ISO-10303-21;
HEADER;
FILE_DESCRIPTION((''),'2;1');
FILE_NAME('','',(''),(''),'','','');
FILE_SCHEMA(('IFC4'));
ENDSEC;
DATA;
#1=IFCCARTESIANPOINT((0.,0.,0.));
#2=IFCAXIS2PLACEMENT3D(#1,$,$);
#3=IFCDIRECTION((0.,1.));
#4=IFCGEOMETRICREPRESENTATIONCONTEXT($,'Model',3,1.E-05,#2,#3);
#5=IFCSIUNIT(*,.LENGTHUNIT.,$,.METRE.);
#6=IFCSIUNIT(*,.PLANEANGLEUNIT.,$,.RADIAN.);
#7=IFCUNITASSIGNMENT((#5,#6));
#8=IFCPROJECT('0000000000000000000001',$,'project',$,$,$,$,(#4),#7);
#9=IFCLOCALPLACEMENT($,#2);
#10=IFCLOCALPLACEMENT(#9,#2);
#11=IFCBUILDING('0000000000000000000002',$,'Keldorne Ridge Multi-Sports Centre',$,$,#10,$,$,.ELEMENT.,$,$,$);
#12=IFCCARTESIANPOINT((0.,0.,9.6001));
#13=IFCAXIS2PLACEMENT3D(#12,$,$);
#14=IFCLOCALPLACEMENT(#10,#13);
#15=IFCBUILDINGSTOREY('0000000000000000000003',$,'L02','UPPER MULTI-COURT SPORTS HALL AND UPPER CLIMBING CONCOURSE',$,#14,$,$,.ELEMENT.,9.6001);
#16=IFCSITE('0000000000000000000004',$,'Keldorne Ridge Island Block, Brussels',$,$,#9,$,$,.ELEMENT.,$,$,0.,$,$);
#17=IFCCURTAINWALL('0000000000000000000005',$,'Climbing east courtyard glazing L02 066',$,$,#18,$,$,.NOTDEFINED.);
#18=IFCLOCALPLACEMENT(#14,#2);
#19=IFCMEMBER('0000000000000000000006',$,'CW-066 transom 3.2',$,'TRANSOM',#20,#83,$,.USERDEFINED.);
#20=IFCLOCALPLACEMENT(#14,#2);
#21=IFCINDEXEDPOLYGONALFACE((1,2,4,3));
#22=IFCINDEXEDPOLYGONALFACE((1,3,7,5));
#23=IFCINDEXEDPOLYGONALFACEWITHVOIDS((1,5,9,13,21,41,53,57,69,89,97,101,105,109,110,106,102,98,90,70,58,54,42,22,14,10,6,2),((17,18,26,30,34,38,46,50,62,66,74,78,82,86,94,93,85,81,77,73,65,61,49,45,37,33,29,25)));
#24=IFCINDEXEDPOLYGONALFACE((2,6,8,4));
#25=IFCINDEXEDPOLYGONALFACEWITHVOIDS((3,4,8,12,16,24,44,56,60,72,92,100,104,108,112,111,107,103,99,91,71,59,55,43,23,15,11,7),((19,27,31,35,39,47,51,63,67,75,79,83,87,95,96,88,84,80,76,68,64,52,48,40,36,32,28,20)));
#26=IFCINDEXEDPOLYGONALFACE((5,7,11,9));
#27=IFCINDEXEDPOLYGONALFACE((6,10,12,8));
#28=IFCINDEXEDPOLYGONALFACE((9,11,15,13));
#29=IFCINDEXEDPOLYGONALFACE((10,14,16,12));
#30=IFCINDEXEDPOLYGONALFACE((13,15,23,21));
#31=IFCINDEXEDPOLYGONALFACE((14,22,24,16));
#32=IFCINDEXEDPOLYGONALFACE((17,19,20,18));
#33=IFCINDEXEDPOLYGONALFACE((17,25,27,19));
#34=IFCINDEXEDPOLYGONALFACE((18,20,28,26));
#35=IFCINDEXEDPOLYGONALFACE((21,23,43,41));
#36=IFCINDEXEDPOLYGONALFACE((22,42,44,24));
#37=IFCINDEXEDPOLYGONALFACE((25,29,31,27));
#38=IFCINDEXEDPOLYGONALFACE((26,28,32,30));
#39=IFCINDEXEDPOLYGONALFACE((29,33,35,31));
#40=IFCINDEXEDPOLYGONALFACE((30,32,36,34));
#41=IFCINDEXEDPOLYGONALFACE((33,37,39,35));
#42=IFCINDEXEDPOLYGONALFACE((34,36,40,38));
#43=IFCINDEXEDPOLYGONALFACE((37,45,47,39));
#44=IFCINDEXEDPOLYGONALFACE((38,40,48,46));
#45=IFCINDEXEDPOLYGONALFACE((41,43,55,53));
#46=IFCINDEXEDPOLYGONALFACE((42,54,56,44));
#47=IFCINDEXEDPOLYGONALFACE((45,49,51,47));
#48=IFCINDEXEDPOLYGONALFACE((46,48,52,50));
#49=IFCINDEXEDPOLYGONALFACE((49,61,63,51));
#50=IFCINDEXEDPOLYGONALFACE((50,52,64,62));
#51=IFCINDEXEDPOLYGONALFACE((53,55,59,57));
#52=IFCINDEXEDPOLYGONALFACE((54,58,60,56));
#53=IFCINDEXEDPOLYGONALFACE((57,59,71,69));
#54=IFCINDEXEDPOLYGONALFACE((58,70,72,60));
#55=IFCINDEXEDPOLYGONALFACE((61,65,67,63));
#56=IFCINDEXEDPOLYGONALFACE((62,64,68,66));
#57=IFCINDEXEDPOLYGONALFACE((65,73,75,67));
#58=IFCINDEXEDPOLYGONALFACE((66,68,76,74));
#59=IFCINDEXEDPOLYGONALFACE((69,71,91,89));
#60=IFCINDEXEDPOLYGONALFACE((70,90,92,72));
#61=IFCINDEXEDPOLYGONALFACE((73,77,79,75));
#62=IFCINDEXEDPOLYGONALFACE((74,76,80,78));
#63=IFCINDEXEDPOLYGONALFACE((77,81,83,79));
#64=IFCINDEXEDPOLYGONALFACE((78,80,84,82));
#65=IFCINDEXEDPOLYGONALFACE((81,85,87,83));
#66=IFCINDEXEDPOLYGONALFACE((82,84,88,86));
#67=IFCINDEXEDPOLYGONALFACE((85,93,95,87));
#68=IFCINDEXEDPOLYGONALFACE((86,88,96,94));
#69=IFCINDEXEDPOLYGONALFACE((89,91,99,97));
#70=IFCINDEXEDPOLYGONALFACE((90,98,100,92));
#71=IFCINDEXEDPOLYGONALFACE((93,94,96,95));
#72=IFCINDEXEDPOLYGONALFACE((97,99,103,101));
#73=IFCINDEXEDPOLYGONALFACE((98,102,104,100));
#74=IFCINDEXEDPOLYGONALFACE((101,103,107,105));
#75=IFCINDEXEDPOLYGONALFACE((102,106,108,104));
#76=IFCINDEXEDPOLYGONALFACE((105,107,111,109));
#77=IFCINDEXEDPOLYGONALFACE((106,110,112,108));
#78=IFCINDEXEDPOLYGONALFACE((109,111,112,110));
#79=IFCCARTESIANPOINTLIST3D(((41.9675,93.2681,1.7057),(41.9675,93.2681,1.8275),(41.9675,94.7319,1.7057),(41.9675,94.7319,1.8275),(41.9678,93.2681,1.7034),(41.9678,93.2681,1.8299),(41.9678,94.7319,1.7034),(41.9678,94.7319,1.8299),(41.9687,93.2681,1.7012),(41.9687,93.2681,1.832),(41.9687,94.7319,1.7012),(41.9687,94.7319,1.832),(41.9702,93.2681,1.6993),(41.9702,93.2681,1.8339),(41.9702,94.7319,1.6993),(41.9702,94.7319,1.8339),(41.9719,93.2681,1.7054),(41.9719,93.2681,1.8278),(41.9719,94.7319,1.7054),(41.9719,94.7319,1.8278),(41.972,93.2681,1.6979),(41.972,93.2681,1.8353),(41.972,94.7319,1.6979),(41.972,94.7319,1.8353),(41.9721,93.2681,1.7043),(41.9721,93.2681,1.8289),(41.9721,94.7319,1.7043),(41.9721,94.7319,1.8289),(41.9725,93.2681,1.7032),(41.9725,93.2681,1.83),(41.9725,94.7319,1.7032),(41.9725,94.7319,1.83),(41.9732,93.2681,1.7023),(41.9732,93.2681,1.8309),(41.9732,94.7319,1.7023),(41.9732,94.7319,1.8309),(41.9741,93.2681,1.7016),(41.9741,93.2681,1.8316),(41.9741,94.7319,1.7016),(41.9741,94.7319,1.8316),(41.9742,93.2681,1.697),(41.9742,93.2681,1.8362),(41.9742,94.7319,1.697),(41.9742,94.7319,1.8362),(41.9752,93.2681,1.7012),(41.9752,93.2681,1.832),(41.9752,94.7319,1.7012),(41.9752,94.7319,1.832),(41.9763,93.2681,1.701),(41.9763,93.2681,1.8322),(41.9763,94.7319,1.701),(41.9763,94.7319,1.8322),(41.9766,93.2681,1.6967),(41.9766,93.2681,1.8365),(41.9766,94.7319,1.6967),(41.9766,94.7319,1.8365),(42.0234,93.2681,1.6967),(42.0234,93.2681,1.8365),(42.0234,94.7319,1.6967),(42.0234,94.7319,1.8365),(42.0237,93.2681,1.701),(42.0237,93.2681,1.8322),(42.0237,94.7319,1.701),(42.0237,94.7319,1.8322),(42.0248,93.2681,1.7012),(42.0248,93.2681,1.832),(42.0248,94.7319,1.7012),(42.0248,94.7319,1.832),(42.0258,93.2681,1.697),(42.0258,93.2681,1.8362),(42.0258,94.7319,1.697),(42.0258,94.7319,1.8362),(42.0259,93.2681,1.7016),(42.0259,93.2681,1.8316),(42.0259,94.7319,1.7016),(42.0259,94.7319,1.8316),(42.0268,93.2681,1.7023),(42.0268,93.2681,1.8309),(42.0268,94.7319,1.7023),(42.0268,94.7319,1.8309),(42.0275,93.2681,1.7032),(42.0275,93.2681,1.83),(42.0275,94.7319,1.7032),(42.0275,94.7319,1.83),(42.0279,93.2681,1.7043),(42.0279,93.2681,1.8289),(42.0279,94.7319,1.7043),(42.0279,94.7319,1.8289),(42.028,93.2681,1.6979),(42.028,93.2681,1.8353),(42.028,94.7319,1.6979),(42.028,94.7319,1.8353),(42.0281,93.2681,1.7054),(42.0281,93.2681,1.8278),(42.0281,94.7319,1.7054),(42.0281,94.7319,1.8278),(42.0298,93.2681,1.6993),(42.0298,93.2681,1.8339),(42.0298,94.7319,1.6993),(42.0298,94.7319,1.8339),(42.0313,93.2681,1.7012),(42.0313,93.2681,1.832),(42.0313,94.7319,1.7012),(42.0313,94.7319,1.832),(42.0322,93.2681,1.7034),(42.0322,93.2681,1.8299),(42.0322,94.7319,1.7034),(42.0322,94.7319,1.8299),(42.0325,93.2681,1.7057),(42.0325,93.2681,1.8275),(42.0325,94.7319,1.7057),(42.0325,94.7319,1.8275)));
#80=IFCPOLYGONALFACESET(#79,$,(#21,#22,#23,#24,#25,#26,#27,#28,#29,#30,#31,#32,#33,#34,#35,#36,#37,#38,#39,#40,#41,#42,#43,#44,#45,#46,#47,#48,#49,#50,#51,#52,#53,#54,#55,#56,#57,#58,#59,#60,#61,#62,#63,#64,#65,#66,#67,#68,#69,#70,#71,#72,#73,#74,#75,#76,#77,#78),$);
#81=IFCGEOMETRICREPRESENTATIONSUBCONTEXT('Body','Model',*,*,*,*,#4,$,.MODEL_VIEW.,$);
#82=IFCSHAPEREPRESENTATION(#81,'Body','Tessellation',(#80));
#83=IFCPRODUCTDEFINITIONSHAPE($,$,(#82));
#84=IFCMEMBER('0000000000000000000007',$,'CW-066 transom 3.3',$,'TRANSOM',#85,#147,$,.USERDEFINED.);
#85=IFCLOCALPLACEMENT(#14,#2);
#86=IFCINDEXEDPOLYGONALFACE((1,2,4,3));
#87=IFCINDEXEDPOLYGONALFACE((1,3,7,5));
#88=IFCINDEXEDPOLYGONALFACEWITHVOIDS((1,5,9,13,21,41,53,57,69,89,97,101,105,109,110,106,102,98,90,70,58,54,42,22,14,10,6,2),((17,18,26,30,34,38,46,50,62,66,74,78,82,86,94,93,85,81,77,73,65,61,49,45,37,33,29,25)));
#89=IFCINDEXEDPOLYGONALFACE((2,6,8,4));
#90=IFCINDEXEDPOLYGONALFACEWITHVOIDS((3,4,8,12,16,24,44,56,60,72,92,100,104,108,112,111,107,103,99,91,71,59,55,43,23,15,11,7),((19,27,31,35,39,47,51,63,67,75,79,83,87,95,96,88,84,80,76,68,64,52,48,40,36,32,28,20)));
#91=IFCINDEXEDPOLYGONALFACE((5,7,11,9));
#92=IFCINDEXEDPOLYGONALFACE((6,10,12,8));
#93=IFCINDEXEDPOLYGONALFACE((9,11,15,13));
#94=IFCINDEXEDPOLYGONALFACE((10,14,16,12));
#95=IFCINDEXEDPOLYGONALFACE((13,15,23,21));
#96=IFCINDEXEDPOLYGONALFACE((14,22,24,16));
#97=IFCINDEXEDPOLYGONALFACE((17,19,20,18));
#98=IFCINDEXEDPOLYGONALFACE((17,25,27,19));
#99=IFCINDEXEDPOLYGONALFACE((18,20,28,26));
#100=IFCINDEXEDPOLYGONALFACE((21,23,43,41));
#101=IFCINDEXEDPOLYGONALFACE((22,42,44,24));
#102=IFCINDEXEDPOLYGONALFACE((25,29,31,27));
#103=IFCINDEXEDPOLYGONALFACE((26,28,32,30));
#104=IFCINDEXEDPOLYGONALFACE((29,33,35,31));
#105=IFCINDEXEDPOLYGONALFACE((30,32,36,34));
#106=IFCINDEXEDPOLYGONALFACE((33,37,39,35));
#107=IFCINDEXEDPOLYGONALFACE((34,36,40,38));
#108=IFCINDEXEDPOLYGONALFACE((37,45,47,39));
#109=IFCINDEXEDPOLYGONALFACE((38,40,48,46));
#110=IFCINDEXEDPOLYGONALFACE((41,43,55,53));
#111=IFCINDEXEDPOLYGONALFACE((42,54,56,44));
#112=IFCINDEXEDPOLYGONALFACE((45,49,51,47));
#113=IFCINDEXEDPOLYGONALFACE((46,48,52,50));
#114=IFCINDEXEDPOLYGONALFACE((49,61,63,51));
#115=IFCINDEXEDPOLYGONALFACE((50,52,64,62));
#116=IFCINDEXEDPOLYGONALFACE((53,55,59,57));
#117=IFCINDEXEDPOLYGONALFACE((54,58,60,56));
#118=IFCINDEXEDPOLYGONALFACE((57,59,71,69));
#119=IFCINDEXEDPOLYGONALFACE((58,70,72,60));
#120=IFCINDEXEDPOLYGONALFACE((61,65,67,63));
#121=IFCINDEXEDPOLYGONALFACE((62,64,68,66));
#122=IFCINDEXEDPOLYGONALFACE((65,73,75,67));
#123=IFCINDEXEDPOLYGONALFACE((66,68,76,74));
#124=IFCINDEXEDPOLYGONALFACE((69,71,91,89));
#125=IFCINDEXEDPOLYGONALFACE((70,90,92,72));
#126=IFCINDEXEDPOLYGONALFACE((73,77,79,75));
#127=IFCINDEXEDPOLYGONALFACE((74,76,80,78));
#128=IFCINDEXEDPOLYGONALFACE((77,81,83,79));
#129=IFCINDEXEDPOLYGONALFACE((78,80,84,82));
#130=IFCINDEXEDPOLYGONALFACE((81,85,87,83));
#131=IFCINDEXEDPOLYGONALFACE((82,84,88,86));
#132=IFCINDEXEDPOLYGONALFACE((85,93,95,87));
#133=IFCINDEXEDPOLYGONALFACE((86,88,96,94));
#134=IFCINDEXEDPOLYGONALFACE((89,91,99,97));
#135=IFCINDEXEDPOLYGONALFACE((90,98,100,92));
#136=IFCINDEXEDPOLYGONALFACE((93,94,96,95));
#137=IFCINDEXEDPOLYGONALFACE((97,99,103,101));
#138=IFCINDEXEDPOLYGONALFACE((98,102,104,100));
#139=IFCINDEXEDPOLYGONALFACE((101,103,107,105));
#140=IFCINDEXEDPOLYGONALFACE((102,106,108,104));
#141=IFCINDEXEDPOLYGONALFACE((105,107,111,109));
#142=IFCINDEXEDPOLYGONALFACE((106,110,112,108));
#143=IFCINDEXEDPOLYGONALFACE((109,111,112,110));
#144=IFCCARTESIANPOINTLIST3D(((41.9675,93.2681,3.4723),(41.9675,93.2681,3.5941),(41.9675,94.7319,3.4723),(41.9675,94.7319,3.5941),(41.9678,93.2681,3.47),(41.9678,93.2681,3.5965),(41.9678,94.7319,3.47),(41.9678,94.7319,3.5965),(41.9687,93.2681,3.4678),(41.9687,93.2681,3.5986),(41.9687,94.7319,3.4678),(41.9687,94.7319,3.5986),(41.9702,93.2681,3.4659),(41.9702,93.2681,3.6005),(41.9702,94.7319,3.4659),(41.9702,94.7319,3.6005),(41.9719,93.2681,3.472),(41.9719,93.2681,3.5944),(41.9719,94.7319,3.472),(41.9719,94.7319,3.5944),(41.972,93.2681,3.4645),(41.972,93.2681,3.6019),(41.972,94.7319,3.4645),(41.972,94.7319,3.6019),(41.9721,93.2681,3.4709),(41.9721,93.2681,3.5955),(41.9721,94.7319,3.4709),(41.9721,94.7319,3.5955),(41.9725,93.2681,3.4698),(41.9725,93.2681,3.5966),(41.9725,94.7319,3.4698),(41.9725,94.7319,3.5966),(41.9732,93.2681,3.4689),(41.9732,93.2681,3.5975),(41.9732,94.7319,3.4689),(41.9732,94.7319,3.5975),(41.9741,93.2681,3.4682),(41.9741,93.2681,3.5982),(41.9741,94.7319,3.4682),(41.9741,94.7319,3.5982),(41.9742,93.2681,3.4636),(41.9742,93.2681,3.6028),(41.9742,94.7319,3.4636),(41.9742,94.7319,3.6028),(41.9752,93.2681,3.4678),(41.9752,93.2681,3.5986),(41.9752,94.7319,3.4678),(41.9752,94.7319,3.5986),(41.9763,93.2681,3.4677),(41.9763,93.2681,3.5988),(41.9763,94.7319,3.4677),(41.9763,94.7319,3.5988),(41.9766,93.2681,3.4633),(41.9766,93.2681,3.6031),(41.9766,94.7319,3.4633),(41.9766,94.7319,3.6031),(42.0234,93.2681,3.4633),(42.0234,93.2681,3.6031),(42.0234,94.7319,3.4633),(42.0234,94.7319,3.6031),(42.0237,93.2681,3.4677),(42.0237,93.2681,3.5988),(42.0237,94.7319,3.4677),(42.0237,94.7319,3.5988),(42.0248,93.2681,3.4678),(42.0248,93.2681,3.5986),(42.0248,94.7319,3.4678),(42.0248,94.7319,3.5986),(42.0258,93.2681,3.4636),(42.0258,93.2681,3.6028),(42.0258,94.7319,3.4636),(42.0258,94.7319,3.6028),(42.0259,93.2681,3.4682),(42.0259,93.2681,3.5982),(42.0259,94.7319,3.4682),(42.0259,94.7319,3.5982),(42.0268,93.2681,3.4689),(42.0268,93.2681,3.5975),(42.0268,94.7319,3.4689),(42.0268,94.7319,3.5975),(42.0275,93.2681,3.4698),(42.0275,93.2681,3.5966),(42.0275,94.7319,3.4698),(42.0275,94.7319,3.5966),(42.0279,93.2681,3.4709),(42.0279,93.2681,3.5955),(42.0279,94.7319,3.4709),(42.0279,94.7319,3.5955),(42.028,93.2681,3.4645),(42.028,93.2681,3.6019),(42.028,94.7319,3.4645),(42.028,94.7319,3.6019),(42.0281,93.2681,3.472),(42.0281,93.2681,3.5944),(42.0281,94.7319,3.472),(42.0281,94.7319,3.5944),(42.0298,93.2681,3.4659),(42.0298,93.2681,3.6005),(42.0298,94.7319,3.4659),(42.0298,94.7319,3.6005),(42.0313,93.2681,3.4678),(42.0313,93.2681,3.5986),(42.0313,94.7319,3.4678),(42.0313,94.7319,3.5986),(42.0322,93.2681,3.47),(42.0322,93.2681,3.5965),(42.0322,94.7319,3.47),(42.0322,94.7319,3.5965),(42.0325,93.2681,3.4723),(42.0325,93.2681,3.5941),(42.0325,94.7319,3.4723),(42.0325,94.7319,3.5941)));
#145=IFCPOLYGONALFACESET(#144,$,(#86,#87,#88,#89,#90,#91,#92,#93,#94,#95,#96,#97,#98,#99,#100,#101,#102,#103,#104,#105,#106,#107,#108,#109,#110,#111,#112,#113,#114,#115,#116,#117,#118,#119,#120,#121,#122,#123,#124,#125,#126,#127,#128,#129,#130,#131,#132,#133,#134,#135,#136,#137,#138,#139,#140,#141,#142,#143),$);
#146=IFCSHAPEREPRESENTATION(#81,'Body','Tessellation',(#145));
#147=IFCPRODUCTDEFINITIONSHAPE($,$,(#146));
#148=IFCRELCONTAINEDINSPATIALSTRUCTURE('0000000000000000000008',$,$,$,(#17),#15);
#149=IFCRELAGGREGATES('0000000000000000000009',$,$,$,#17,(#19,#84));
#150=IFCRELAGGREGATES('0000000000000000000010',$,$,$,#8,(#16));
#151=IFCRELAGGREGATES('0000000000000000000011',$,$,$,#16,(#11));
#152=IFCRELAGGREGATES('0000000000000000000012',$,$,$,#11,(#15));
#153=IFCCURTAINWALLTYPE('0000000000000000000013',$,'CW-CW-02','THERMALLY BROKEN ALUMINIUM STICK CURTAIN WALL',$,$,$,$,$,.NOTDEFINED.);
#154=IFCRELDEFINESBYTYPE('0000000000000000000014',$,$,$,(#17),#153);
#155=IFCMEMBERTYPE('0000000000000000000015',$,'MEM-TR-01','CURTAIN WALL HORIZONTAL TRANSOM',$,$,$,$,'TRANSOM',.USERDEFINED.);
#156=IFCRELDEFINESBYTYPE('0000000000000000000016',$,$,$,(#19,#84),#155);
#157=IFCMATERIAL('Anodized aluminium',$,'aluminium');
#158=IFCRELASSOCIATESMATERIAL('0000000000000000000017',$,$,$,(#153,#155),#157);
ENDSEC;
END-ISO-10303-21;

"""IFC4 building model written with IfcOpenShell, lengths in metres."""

from ifc_helpers import new_model, si_unit, direction, frame, origin, origin_2d, place, context, subcontext, project, spatial, hollow_rectangle, extrude, material, material_profile, profile_set, type_object, element, aggregate, save


model = new_model("IFC4")

# Units and contexts
model_context = context("Model", 3, precision=1e-05, world=origin(), true_north=direction((0.0, 1.0)))
body_context = subcontext(model_context, "Body", "Model", "MODEL_VIEW")
ifc_project = project(units=[si_unit("LENGTHUNIT", "METRE"), si_unit("PLANEANGLEUNIT", "RADIAN")], contexts=[model_context])

# Site, building, storey
site_placement = place(None, origin())
site = spatial("IfcSite", under=ifc_project, at=site_placement, Name="Keldorne Ridge Island Block, Brussels", CompositionType="ELEMENT", RefElevation=0.0)
building_placement = place(site_placement, origin())
building = spatial("IfcBuilding", under=site, at=building_placement, Name="Keldorne Ridge Multi-Sports Centre", CompositionType="ELEMENT")
storey_placement = place(building_placement, frame((0.0, 0.0, 9.6001)))
storey = spatial("IfcBuildingStorey", under=building, at=storey_placement, Name="L02", Description="UPPER MULTI-COURT SPORTS HALL AND UPPER CLIMBING CONCOURSE", CompositionType="ELEMENT", Elevation=9.6001)

# Curtain wall, members
ifc_material_1 = material(Name="Anodized aluminium", Category="aluminium")
curtain_wall_type = type_object("IfcCurtainWallType", Name="CW-CW-02", Description="THERMALLY BROKEN ALUMINIUM STICK CURTAIN WALL", PredefinedType="NOTDEFINED", material=ifc_material_1)
curtain_wall_placement = place(storey_placement, origin())
curtain_wall = element("IfcCurtainWall", 1, at=curtain_wall_placement, inside=storey, type_object=curtain_wall_type, Name="Climbing east courtyard glazing L02 066", PredefinedType="NOTDEFINED")
ifc_material_profile_1 = material_profile(ifc_material_1, hollow_rectangle(XDim=0.0649, YDim=0.1399, WallThickness=0.0044, InnerFilletRadius=0.0044, OuterFilletRadius=0.009, at=origin_2d()), Name="ALU TRANSOM 140x65x4.5")
ifc_profile_set_1 = profile_set([ifc_material_profile_1], Name="Anodized aluminium")
member_type_1 = type_object("IfcMemberType", Name="MEM-TR-01", Description="CURTAIN WALL HORIZONTAL TRANSOM", ElementType="TRANSOM", PredefinedType="USERDEFINED", material=ifc_profile_set_1)
member_1_placement = place(storey_placement, frame((42.0, 93.2681, 1.7666), z_axis=(0.0, 1.0, 0.0), x_axis=(-1.0, 0.0, 0.0)))
member_1 = element("IfcMember", 2, at=member_1_placement, type_object=member_type_1, Name="CW-066 transom 3.2", ObjectType="TRANSOM", PredefinedType="USERDEFINED", context=body_context, shape_type="SweptSolid", body=[
    extrude(hollow_rectangle(XDim=0.0649, YDim=0.1399, WallThickness=0.0044, InnerFilletRadius=0.0044, OuterFilletRadius=0.009, at=origin_2d()), origin(), (0.0, 0.0, 1.0), 1.4639),
])
member_2_placement = place(storey_placement, frame((42.0, 93.2681, 3.5332), z_axis=(0.0, 1.0, 0.0), x_axis=(-1.0, 0.0, 0.0)))
member_2 = element("IfcMember", 3, at=member_2_placement, type_object=member_type_1, Name="CW-066 transom 3.3", ObjectType="TRANSOM", PredefinedType="USERDEFINED", context=body_context, shape_type="SweptSolid", body=[
    extrude(hollow_rectangle(XDim=0.0649, YDim=0.1399, WallThickness=0.0044, InnerFilletRadius=0.0044, OuterFilletRadius=0.009, at=origin_2d()), origin(), (0.0, 0.0, 1.0), 1.4639),
])
aggregate(curtain_wall, [member_1, member_2])

save(model, "model.ifc")
